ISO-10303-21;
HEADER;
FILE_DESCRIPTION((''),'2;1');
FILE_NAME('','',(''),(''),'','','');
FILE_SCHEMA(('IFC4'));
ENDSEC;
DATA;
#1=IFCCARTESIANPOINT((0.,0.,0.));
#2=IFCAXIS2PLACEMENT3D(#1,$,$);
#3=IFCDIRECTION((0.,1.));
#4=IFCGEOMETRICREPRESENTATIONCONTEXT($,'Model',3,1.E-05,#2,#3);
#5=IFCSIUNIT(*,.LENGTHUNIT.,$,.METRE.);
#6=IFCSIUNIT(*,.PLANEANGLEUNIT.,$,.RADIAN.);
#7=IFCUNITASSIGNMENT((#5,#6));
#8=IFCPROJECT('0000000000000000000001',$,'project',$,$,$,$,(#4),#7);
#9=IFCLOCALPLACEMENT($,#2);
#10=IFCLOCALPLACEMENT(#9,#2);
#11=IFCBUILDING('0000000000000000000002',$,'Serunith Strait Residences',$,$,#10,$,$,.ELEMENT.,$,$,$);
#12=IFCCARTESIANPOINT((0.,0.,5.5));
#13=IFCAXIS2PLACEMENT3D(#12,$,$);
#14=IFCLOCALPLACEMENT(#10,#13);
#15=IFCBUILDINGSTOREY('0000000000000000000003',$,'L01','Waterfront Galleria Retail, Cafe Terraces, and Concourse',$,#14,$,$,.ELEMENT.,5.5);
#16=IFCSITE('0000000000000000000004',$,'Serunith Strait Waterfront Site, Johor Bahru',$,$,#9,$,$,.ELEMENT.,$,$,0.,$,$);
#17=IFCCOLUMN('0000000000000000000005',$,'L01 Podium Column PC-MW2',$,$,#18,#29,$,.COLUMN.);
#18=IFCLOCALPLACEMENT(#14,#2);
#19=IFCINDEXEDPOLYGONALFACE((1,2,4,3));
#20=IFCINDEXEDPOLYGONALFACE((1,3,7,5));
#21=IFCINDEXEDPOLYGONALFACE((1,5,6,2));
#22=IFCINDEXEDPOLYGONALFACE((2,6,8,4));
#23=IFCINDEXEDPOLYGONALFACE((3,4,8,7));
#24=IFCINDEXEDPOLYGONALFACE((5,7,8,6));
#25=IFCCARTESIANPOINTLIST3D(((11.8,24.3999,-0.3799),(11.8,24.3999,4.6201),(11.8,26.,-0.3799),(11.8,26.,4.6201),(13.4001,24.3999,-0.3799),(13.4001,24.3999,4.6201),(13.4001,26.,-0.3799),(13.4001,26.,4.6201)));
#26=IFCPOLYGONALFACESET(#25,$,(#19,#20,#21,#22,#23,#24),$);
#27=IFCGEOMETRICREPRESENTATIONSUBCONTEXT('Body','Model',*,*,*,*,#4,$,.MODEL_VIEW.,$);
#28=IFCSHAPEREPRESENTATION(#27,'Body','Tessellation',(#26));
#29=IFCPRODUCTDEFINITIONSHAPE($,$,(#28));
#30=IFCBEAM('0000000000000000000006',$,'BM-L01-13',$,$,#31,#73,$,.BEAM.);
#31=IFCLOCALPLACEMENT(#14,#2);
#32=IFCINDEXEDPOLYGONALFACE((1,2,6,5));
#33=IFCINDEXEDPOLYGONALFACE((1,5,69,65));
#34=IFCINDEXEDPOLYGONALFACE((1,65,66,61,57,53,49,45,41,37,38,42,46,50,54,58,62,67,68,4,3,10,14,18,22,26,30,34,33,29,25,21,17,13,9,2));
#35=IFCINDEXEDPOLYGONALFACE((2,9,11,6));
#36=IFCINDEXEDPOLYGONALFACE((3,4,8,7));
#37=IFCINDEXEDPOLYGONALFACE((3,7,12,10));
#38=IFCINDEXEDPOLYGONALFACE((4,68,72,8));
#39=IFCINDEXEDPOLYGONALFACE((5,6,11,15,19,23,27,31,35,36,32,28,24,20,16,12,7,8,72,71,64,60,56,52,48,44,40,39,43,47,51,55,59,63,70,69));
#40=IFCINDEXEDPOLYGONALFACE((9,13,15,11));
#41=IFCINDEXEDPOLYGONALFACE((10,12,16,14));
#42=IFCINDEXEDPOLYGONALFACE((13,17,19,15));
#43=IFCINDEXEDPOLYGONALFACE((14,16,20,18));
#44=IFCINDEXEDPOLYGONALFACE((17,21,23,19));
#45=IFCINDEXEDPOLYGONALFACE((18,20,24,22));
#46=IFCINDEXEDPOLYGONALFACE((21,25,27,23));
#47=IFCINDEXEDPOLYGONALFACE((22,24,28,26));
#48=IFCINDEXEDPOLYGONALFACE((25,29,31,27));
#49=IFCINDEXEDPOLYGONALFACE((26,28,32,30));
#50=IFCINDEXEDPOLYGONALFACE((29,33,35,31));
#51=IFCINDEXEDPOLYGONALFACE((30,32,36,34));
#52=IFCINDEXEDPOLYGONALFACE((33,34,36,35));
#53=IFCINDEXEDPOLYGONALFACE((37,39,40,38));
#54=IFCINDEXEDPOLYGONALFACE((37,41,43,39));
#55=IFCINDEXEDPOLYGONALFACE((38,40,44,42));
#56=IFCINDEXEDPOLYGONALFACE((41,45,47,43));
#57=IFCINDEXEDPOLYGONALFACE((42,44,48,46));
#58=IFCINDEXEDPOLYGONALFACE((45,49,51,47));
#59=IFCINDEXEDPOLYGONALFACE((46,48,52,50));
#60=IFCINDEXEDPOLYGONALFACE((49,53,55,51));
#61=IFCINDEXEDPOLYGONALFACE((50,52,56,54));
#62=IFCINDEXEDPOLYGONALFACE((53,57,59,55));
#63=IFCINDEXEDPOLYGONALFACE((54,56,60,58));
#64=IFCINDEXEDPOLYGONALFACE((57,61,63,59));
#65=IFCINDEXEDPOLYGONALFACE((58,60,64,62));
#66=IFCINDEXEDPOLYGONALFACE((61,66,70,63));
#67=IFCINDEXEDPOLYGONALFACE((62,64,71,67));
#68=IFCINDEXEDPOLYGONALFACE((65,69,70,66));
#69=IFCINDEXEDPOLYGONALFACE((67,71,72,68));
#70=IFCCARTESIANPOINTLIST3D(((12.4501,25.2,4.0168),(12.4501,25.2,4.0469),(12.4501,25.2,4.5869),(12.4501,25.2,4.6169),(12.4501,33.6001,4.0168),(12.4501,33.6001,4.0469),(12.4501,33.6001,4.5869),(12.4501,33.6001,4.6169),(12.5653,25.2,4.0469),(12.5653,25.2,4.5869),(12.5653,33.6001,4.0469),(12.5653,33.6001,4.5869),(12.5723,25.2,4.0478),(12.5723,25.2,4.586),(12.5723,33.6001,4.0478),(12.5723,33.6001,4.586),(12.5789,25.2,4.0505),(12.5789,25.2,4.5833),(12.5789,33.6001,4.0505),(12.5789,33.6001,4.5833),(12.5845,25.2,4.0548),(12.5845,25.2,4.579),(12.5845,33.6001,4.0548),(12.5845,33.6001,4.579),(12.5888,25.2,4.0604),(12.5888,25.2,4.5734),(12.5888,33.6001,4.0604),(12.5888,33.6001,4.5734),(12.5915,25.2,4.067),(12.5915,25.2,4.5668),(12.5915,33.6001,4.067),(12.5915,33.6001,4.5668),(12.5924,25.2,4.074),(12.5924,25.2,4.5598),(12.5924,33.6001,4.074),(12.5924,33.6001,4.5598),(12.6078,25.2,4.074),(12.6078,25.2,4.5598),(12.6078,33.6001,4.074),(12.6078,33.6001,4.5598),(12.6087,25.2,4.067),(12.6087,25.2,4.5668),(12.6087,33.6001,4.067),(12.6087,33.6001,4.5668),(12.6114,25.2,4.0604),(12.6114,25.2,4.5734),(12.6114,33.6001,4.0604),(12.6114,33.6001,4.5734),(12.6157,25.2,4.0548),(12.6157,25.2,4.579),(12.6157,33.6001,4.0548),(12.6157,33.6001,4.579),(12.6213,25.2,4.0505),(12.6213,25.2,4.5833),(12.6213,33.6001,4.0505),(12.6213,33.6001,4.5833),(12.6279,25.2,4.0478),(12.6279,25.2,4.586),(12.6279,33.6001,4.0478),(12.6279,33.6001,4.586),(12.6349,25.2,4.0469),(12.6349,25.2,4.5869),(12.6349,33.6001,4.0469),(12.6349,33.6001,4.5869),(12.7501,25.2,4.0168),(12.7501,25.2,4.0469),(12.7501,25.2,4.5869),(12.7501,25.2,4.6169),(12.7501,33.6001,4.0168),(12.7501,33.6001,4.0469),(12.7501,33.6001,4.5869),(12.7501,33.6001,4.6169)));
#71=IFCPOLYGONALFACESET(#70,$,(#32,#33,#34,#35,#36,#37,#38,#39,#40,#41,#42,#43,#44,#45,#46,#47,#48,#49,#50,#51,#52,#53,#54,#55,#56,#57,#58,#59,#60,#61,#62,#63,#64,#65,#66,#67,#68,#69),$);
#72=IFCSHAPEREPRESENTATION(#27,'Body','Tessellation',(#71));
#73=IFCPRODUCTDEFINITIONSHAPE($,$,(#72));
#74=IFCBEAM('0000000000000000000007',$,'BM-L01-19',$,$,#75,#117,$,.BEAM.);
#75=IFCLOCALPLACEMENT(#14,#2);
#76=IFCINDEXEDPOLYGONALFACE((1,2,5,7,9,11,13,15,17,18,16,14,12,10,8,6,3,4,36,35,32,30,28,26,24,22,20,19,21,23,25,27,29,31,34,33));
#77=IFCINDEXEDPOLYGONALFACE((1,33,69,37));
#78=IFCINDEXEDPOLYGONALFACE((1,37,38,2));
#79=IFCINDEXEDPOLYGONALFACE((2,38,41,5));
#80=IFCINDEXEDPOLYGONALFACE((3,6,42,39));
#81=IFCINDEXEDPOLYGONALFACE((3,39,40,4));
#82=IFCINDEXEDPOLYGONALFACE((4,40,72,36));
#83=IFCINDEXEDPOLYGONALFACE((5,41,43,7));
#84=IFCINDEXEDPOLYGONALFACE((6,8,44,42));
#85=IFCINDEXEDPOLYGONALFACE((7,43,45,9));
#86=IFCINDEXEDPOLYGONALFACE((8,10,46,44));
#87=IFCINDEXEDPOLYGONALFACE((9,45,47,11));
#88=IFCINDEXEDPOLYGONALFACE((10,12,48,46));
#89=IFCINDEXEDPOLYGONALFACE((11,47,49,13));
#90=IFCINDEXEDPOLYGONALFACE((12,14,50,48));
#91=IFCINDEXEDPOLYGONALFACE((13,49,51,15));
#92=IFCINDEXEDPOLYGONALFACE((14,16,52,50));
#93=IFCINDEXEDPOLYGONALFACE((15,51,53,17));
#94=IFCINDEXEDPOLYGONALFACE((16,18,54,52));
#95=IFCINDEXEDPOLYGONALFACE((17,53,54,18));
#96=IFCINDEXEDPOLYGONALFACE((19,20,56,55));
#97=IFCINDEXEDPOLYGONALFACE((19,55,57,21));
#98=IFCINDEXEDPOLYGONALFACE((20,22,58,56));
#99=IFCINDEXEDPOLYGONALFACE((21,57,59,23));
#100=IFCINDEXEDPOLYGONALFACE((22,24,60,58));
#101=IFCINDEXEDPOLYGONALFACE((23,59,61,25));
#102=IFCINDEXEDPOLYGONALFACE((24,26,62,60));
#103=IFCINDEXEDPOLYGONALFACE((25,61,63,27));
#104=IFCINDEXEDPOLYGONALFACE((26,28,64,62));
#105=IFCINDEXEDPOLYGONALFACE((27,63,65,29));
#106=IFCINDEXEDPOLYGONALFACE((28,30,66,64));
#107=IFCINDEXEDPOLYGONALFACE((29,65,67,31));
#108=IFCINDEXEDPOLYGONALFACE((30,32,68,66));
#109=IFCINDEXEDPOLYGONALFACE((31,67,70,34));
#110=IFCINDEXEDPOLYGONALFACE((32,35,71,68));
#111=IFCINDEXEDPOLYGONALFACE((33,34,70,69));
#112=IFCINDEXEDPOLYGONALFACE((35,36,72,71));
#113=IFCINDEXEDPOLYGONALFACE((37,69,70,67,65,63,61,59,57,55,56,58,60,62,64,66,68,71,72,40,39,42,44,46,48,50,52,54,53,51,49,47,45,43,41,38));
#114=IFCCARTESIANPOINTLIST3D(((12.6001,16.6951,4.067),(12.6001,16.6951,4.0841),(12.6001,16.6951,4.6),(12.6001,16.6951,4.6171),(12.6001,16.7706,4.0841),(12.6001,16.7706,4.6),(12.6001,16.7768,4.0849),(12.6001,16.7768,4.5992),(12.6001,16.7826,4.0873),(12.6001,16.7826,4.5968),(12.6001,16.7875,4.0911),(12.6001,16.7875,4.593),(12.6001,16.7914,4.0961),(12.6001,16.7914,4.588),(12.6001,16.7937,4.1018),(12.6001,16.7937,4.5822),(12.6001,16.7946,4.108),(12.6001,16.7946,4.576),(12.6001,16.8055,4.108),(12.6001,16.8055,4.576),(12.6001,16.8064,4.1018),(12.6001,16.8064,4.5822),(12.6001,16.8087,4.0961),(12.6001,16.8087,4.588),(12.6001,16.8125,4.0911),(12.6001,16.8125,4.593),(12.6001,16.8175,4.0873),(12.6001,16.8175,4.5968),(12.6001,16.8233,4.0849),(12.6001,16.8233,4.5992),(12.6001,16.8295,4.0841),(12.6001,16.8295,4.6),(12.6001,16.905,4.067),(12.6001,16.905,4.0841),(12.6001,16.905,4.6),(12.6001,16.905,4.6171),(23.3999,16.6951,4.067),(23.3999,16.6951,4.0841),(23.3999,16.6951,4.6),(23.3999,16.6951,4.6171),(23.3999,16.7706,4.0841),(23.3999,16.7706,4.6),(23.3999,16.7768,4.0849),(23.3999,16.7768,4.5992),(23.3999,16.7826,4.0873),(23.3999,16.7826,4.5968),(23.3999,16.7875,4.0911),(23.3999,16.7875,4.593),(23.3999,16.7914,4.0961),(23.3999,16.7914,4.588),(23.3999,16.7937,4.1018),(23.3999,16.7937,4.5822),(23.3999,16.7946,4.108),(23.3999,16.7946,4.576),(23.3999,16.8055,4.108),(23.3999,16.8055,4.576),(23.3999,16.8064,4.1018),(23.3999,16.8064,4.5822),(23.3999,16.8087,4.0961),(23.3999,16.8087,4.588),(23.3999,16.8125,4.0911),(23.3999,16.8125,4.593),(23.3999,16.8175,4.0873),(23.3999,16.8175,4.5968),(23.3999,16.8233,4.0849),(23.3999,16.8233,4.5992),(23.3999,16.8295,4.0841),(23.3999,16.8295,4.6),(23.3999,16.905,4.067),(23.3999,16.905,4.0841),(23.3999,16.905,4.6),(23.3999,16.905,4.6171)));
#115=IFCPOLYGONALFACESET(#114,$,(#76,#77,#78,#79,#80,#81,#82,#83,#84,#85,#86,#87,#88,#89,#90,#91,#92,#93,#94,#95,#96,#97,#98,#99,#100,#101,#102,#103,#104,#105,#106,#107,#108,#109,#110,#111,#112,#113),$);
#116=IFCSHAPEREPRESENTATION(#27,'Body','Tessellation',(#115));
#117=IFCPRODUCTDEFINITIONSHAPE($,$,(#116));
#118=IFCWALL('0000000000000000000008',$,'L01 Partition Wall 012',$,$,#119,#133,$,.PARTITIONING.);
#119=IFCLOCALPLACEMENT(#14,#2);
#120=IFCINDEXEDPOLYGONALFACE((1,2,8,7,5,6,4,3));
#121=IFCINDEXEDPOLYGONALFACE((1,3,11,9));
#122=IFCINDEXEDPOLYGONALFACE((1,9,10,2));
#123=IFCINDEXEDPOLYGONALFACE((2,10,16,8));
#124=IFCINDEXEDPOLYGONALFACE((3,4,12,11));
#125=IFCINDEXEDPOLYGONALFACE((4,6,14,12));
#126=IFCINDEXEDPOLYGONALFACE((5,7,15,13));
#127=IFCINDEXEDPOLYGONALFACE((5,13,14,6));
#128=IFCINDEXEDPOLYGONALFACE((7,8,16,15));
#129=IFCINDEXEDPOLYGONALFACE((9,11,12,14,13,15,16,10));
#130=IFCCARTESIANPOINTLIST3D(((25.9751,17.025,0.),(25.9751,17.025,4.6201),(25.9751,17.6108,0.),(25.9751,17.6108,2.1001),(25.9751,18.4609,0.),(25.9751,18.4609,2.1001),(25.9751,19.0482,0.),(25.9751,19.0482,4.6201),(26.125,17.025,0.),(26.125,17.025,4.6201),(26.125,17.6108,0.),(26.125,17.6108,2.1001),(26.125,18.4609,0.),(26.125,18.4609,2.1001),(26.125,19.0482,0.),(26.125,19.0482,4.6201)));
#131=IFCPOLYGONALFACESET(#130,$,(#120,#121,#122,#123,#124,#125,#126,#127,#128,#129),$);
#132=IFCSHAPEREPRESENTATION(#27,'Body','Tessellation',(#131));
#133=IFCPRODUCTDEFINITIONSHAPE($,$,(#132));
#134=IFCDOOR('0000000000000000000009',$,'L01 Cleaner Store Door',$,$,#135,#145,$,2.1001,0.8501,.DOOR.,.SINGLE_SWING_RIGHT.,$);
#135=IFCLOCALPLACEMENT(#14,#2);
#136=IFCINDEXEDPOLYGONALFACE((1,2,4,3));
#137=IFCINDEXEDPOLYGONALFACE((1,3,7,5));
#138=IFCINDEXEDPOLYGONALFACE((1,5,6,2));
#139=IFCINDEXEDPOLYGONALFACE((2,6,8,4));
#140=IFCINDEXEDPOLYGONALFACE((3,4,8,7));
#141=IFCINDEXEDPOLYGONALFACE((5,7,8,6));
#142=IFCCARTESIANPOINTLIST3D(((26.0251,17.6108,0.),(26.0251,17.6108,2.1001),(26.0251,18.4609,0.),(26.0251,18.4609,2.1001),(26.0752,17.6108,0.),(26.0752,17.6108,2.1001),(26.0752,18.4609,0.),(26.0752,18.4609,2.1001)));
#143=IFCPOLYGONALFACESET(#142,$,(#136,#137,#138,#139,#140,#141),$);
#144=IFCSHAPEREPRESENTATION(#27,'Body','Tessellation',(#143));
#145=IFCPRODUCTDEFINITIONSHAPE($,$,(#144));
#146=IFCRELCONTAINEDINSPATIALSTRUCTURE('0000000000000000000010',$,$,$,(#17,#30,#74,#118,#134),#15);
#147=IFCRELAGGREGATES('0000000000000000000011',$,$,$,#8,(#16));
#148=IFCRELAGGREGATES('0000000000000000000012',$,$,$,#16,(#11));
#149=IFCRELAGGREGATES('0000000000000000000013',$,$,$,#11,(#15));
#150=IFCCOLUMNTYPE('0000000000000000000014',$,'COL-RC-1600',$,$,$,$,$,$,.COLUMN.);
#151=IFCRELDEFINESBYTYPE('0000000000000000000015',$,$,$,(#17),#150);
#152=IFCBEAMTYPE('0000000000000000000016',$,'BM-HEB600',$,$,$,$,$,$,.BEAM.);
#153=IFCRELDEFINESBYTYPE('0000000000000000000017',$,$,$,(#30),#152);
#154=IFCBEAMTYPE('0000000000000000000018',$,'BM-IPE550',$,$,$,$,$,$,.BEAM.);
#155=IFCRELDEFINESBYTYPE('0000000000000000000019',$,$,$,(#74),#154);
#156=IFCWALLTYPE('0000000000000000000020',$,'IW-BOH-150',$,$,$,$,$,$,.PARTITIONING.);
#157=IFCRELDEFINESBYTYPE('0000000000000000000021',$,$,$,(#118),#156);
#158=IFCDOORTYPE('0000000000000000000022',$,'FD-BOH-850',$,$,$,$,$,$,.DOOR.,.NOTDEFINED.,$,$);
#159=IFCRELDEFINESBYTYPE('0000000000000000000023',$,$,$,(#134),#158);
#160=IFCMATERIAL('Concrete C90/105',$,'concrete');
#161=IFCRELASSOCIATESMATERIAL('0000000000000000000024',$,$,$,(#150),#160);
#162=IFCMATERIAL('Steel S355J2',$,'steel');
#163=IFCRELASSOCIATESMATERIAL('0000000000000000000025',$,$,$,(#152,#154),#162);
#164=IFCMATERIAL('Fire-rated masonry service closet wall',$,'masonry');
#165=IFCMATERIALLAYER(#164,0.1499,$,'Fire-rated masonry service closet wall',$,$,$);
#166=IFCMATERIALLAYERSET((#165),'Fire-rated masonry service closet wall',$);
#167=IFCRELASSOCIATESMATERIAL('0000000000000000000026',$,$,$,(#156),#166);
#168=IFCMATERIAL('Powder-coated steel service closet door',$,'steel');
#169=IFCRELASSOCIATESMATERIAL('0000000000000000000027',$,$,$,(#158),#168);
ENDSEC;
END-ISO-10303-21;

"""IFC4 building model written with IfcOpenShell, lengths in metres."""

from ifc_helpers import new_model, si_unit, direction, frame, frame_2d, origin, origin_2d, place, context, subcontext, project, spatial, rectangle, i_section, extrude, source, transform, mapped, material, layer, layer_set, material_profile, profile_set, type_object, element, fill, save


model = new_model("IFC4")

# Units and contexts
model_context = context("Model", 3, precision=1e-05, world=origin(), true_north=direction((0.0, 1.0)))
body_context = subcontext(model_context, "Body", "Model", "MODEL_VIEW")
ifc_project = project(units=[si_unit("LENGTHUNIT", "METRE"), si_unit("PLANEANGLEUNIT", "RADIAN")], contexts=[model_context])

# Site, building, storey
site_placement = place(None, origin())
site = spatial("IfcSite", under=ifc_project, at=site_placement, Name="Serunith Strait Waterfront Site, Johor Bahru", CompositionType="ELEMENT", RefElevation=0.0)
building_placement = place(site_placement, origin())
building = spatial("IfcBuilding", under=site, at=building_placement, Name="Serunith Strait Residences", CompositionType="ELEMENT")
storey_placement = place(building_placement, frame((0.0, 0.0, 5.5)))
storey = spatial("IfcBuildingStorey", under=building, at=storey_placement, Name="L01", Description="Waterfront Galleria Retail, Cafe Terraces, and Concourse", CompositionType="ELEMENT", Elevation=5.5)

# Column
ifc_material_1 = material(Name="Concrete C90/105", Category="concrete")
ifc_material_profile_1 = material_profile(ifc_material_1, rectangle(XDim=1.6001, YDim=1.6001, at=origin_2d()), Name="RC 1600x1600")
ifc_profile_set_1 = profile_set([ifc_material_profile_1], Name="Concrete C90/105")
column_type = type_object("IfcColumnType", Name="COL-RC-1600", PredefinedType="COLUMN", material=ifc_profile_set_1)
shared_shape_1 = source(origin(), body_context, "Body", "SweptSolid", [
    extrude(rectangle(XDim=1.6001, YDim=1.6001, at=origin_2d()), origin(), (0.0, 0.0, 1.0), 5.0),
])
column_placement = place(storey_placement, frame((12.6001, 25.2, -0.3799), z_axis=(0.0, 0.0, 1.0), x_axis=(1.0, 0.0, 0.0)))
element("IfcColumn", 1, at=column_placement, inside=storey, type_object=column_type, Name="L01 Podium Column PC-MW2", PredefinedType="COLUMN", context=body_context, shape_type="MappedRepresentation", body=[
    mapped(shared_shape_1, transform((0.0, 0.0, 0.0), scale=1.0)),
])

# Beams
ifc_material_2 = material(Name="Steel S355J2", Category="steel")
ifc_material_profile_2 = material_profile(ifc_material_2, i_section(OverallWidth=0.3, OverallDepth=0.6001, WebThickness=0.0154, FlangeThickness=0.03, FilletRadius=0.0271, at=origin_2d()), Name="HEB 600")
ifc_profile_set_2 = profile_set([ifc_material_profile_2], Name="Steel S355J2")
beam_type_1 = type_object("IfcBeamType", Name="BM-HEB600", PredefinedType="BEAM", material=ifc_profile_set_2)
shared_shape_2 = source(origin(), body_context, "Body", "SweptSolid", [
    extrude(i_section(OverallWidth=0.3, OverallDepth=0.6001, WebThickness=0.0154, FlangeThickness=0.03, FilletRadius=0.0271, at=origin_2d()), origin(), (0.0, 0.0, 1.0), 8.4001),
])
beam_1_placement = place(storey_placement, frame((12.6001, 25.2, 4.3169), z_axis=(0.0, 1.0, 0.0), x_axis=(-1.0, 0.0, 0.0)))
element("IfcBeam", 2, at=beam_1_placement, inside=storey, type_object=beam_type_1, Name="BM-L01-13", PredefinedType="BEAM", context=body_context, shape_type="MappedRepresentation", body=[
    mapped(shared_shape_2, transform((0.0, 0.0, 0.0), scale=1.0)),
])
ifc_material_profile_3 = material_profile(ifc_material_2, i_section(OverallWidth=0.21, OverallDepth=0.55, WebThickness=0.011, FlangeThickness=0.0171, FilletRadius=0.0239, at=origin_2d()), Name="IPE 550")
ifc_profile_set_3 = profile_set([ifc_material_profile_3], Name="Steel S355J2")
beam_type_2 = type_object("IfcBeamType", Name="BM-IPE550", PredefinedType="BEAM", material=ifc_profile_set_3)
shared_shape_3 = source(origin(), body_context, "Body", "SweptSolid", [
    extrude(i_section(OverallWidth=0.21, OverallDepth=0.55, WebThickness=0.011, FlangeThickness=0.0171, FilletRadius=0.0239, at=origin_2d()), origin(), (0.0, 0.0, 1.0), 10.7998),
])
beam_2_placement = place(storey_placement, frame((12.6001, 16.8, 4.342), z_axis=(1.0, 0.0, 0.0), x_axis=(0.0, 1.0, 0.0)))
element("IfcBeam", 3, at=beam_2_placement, inside=storey, type_object=beam_type_2, Name="BM-L01-19", PredefinedType="BEAM", context=body_context, shape_type="MappedRepresentation", body=[
    mapped(shared_shape_3, transform((0.0, 0.0, 0.0), scale=1.0)),
])

# Wall, opening, door
ifc_material_3 = material(Name="Fire-rated masonry service closet wall", Category="masonry")
ifc_layer_1 = layer(ifc_material_3, 0.1499, Name="Fire-rated masonry service closet wall")
ifc_layer_set_1 = layer_set([ifc_layer_1], Name="Fire-rated masonry service closet wall")
wall_type_1 = type_object("IfcWallType", Name="IW-BOH-150", PredefinedType="PARTITIONING", material=ifc_layer_set_1)
wall_1_placement = place(storey_placement, frame((26.05, 17.0249, 0.0), z_axis=(0.0, 0.0, 1.0), x_axis=(0.0, 1.0, 0.0)))
wall_1 = element("IfcWall", 4, at=wall_1_placement, inside=storey, type_object=wall_type_1, Name="L01 Partition Wall 012", PredefinedType="PARTITIONING", context=body_context, shape_type="SweptSolid", body=[
    extrude(rectangle(XDim=2.0232, YDim=0.1499, at=frame_2d((1.0117, 0.0))), origin(), (0.0, 0.0, 1.0), 4.6201),
])
opening_1_placement = place(wall_1_placement, frame((0.5859, 0.0, 0.0)))
opening_1 = element("IfcOpeningElement", 5, at=opening_1_placement, cuts=wall_1, PredefinedType="OPENING", context=body_context, shape_type="SweptSolid", body=[
    extrude(rectangle(XDim=0.8501, YDim=2.1001, at=frame_2d((0.425, 1.05))), frame((0.0, 0.085, 0.0), z_axis=(0.0, -1.0, 0.0), x_axis=(1.0, 0.0, 0.0)), (0.0, 0.0, 1.0), 0.1699),
])
ifc_material_4 = material(Name="Powder-coated steel service closet door", Category="steel")
door_type_1 = type_object("IfcDoorType", Name="FD-BOH-850", OperationType="NOTDEFINED", PredefinedType="DOOR", material=ifc_material_4)
shared_shape_4 = source(origin(), body_context, "Body", "SweptSolid", [
    extrude(rectangle(XDim=0.8501, YDim=2.1001, at=frame_2d((0.425, 1.05))), frame((0.0, 0.0249, 0.0), z_axis=(0.0, -1.0, 0.0), x_axis=(1.0, 0.0, 0.0)), (0.0, 0.0, 1.0), 0.05),
])
door_1_placement = place(opening_1_placement, origin())
door_1 = element("IfcDoor", 6, at=door_1_placement, inside=storey, type_object=door_type_1, Name="L01 Cleaner Store Door", OperationType="SINGLE_SWING_RIGHT", OverallHeight=2.1001, OverallWidth=0.8501, PredefinedType="DOOR", context=body_context, shape_type="MappedRepresentation", body=[
    mapped(shared_shape_4, transform((0.0, 0.0, 0.0), scale=1.0)),
])
fill(opening_1, door_1)

save(model, "model.ifc")
